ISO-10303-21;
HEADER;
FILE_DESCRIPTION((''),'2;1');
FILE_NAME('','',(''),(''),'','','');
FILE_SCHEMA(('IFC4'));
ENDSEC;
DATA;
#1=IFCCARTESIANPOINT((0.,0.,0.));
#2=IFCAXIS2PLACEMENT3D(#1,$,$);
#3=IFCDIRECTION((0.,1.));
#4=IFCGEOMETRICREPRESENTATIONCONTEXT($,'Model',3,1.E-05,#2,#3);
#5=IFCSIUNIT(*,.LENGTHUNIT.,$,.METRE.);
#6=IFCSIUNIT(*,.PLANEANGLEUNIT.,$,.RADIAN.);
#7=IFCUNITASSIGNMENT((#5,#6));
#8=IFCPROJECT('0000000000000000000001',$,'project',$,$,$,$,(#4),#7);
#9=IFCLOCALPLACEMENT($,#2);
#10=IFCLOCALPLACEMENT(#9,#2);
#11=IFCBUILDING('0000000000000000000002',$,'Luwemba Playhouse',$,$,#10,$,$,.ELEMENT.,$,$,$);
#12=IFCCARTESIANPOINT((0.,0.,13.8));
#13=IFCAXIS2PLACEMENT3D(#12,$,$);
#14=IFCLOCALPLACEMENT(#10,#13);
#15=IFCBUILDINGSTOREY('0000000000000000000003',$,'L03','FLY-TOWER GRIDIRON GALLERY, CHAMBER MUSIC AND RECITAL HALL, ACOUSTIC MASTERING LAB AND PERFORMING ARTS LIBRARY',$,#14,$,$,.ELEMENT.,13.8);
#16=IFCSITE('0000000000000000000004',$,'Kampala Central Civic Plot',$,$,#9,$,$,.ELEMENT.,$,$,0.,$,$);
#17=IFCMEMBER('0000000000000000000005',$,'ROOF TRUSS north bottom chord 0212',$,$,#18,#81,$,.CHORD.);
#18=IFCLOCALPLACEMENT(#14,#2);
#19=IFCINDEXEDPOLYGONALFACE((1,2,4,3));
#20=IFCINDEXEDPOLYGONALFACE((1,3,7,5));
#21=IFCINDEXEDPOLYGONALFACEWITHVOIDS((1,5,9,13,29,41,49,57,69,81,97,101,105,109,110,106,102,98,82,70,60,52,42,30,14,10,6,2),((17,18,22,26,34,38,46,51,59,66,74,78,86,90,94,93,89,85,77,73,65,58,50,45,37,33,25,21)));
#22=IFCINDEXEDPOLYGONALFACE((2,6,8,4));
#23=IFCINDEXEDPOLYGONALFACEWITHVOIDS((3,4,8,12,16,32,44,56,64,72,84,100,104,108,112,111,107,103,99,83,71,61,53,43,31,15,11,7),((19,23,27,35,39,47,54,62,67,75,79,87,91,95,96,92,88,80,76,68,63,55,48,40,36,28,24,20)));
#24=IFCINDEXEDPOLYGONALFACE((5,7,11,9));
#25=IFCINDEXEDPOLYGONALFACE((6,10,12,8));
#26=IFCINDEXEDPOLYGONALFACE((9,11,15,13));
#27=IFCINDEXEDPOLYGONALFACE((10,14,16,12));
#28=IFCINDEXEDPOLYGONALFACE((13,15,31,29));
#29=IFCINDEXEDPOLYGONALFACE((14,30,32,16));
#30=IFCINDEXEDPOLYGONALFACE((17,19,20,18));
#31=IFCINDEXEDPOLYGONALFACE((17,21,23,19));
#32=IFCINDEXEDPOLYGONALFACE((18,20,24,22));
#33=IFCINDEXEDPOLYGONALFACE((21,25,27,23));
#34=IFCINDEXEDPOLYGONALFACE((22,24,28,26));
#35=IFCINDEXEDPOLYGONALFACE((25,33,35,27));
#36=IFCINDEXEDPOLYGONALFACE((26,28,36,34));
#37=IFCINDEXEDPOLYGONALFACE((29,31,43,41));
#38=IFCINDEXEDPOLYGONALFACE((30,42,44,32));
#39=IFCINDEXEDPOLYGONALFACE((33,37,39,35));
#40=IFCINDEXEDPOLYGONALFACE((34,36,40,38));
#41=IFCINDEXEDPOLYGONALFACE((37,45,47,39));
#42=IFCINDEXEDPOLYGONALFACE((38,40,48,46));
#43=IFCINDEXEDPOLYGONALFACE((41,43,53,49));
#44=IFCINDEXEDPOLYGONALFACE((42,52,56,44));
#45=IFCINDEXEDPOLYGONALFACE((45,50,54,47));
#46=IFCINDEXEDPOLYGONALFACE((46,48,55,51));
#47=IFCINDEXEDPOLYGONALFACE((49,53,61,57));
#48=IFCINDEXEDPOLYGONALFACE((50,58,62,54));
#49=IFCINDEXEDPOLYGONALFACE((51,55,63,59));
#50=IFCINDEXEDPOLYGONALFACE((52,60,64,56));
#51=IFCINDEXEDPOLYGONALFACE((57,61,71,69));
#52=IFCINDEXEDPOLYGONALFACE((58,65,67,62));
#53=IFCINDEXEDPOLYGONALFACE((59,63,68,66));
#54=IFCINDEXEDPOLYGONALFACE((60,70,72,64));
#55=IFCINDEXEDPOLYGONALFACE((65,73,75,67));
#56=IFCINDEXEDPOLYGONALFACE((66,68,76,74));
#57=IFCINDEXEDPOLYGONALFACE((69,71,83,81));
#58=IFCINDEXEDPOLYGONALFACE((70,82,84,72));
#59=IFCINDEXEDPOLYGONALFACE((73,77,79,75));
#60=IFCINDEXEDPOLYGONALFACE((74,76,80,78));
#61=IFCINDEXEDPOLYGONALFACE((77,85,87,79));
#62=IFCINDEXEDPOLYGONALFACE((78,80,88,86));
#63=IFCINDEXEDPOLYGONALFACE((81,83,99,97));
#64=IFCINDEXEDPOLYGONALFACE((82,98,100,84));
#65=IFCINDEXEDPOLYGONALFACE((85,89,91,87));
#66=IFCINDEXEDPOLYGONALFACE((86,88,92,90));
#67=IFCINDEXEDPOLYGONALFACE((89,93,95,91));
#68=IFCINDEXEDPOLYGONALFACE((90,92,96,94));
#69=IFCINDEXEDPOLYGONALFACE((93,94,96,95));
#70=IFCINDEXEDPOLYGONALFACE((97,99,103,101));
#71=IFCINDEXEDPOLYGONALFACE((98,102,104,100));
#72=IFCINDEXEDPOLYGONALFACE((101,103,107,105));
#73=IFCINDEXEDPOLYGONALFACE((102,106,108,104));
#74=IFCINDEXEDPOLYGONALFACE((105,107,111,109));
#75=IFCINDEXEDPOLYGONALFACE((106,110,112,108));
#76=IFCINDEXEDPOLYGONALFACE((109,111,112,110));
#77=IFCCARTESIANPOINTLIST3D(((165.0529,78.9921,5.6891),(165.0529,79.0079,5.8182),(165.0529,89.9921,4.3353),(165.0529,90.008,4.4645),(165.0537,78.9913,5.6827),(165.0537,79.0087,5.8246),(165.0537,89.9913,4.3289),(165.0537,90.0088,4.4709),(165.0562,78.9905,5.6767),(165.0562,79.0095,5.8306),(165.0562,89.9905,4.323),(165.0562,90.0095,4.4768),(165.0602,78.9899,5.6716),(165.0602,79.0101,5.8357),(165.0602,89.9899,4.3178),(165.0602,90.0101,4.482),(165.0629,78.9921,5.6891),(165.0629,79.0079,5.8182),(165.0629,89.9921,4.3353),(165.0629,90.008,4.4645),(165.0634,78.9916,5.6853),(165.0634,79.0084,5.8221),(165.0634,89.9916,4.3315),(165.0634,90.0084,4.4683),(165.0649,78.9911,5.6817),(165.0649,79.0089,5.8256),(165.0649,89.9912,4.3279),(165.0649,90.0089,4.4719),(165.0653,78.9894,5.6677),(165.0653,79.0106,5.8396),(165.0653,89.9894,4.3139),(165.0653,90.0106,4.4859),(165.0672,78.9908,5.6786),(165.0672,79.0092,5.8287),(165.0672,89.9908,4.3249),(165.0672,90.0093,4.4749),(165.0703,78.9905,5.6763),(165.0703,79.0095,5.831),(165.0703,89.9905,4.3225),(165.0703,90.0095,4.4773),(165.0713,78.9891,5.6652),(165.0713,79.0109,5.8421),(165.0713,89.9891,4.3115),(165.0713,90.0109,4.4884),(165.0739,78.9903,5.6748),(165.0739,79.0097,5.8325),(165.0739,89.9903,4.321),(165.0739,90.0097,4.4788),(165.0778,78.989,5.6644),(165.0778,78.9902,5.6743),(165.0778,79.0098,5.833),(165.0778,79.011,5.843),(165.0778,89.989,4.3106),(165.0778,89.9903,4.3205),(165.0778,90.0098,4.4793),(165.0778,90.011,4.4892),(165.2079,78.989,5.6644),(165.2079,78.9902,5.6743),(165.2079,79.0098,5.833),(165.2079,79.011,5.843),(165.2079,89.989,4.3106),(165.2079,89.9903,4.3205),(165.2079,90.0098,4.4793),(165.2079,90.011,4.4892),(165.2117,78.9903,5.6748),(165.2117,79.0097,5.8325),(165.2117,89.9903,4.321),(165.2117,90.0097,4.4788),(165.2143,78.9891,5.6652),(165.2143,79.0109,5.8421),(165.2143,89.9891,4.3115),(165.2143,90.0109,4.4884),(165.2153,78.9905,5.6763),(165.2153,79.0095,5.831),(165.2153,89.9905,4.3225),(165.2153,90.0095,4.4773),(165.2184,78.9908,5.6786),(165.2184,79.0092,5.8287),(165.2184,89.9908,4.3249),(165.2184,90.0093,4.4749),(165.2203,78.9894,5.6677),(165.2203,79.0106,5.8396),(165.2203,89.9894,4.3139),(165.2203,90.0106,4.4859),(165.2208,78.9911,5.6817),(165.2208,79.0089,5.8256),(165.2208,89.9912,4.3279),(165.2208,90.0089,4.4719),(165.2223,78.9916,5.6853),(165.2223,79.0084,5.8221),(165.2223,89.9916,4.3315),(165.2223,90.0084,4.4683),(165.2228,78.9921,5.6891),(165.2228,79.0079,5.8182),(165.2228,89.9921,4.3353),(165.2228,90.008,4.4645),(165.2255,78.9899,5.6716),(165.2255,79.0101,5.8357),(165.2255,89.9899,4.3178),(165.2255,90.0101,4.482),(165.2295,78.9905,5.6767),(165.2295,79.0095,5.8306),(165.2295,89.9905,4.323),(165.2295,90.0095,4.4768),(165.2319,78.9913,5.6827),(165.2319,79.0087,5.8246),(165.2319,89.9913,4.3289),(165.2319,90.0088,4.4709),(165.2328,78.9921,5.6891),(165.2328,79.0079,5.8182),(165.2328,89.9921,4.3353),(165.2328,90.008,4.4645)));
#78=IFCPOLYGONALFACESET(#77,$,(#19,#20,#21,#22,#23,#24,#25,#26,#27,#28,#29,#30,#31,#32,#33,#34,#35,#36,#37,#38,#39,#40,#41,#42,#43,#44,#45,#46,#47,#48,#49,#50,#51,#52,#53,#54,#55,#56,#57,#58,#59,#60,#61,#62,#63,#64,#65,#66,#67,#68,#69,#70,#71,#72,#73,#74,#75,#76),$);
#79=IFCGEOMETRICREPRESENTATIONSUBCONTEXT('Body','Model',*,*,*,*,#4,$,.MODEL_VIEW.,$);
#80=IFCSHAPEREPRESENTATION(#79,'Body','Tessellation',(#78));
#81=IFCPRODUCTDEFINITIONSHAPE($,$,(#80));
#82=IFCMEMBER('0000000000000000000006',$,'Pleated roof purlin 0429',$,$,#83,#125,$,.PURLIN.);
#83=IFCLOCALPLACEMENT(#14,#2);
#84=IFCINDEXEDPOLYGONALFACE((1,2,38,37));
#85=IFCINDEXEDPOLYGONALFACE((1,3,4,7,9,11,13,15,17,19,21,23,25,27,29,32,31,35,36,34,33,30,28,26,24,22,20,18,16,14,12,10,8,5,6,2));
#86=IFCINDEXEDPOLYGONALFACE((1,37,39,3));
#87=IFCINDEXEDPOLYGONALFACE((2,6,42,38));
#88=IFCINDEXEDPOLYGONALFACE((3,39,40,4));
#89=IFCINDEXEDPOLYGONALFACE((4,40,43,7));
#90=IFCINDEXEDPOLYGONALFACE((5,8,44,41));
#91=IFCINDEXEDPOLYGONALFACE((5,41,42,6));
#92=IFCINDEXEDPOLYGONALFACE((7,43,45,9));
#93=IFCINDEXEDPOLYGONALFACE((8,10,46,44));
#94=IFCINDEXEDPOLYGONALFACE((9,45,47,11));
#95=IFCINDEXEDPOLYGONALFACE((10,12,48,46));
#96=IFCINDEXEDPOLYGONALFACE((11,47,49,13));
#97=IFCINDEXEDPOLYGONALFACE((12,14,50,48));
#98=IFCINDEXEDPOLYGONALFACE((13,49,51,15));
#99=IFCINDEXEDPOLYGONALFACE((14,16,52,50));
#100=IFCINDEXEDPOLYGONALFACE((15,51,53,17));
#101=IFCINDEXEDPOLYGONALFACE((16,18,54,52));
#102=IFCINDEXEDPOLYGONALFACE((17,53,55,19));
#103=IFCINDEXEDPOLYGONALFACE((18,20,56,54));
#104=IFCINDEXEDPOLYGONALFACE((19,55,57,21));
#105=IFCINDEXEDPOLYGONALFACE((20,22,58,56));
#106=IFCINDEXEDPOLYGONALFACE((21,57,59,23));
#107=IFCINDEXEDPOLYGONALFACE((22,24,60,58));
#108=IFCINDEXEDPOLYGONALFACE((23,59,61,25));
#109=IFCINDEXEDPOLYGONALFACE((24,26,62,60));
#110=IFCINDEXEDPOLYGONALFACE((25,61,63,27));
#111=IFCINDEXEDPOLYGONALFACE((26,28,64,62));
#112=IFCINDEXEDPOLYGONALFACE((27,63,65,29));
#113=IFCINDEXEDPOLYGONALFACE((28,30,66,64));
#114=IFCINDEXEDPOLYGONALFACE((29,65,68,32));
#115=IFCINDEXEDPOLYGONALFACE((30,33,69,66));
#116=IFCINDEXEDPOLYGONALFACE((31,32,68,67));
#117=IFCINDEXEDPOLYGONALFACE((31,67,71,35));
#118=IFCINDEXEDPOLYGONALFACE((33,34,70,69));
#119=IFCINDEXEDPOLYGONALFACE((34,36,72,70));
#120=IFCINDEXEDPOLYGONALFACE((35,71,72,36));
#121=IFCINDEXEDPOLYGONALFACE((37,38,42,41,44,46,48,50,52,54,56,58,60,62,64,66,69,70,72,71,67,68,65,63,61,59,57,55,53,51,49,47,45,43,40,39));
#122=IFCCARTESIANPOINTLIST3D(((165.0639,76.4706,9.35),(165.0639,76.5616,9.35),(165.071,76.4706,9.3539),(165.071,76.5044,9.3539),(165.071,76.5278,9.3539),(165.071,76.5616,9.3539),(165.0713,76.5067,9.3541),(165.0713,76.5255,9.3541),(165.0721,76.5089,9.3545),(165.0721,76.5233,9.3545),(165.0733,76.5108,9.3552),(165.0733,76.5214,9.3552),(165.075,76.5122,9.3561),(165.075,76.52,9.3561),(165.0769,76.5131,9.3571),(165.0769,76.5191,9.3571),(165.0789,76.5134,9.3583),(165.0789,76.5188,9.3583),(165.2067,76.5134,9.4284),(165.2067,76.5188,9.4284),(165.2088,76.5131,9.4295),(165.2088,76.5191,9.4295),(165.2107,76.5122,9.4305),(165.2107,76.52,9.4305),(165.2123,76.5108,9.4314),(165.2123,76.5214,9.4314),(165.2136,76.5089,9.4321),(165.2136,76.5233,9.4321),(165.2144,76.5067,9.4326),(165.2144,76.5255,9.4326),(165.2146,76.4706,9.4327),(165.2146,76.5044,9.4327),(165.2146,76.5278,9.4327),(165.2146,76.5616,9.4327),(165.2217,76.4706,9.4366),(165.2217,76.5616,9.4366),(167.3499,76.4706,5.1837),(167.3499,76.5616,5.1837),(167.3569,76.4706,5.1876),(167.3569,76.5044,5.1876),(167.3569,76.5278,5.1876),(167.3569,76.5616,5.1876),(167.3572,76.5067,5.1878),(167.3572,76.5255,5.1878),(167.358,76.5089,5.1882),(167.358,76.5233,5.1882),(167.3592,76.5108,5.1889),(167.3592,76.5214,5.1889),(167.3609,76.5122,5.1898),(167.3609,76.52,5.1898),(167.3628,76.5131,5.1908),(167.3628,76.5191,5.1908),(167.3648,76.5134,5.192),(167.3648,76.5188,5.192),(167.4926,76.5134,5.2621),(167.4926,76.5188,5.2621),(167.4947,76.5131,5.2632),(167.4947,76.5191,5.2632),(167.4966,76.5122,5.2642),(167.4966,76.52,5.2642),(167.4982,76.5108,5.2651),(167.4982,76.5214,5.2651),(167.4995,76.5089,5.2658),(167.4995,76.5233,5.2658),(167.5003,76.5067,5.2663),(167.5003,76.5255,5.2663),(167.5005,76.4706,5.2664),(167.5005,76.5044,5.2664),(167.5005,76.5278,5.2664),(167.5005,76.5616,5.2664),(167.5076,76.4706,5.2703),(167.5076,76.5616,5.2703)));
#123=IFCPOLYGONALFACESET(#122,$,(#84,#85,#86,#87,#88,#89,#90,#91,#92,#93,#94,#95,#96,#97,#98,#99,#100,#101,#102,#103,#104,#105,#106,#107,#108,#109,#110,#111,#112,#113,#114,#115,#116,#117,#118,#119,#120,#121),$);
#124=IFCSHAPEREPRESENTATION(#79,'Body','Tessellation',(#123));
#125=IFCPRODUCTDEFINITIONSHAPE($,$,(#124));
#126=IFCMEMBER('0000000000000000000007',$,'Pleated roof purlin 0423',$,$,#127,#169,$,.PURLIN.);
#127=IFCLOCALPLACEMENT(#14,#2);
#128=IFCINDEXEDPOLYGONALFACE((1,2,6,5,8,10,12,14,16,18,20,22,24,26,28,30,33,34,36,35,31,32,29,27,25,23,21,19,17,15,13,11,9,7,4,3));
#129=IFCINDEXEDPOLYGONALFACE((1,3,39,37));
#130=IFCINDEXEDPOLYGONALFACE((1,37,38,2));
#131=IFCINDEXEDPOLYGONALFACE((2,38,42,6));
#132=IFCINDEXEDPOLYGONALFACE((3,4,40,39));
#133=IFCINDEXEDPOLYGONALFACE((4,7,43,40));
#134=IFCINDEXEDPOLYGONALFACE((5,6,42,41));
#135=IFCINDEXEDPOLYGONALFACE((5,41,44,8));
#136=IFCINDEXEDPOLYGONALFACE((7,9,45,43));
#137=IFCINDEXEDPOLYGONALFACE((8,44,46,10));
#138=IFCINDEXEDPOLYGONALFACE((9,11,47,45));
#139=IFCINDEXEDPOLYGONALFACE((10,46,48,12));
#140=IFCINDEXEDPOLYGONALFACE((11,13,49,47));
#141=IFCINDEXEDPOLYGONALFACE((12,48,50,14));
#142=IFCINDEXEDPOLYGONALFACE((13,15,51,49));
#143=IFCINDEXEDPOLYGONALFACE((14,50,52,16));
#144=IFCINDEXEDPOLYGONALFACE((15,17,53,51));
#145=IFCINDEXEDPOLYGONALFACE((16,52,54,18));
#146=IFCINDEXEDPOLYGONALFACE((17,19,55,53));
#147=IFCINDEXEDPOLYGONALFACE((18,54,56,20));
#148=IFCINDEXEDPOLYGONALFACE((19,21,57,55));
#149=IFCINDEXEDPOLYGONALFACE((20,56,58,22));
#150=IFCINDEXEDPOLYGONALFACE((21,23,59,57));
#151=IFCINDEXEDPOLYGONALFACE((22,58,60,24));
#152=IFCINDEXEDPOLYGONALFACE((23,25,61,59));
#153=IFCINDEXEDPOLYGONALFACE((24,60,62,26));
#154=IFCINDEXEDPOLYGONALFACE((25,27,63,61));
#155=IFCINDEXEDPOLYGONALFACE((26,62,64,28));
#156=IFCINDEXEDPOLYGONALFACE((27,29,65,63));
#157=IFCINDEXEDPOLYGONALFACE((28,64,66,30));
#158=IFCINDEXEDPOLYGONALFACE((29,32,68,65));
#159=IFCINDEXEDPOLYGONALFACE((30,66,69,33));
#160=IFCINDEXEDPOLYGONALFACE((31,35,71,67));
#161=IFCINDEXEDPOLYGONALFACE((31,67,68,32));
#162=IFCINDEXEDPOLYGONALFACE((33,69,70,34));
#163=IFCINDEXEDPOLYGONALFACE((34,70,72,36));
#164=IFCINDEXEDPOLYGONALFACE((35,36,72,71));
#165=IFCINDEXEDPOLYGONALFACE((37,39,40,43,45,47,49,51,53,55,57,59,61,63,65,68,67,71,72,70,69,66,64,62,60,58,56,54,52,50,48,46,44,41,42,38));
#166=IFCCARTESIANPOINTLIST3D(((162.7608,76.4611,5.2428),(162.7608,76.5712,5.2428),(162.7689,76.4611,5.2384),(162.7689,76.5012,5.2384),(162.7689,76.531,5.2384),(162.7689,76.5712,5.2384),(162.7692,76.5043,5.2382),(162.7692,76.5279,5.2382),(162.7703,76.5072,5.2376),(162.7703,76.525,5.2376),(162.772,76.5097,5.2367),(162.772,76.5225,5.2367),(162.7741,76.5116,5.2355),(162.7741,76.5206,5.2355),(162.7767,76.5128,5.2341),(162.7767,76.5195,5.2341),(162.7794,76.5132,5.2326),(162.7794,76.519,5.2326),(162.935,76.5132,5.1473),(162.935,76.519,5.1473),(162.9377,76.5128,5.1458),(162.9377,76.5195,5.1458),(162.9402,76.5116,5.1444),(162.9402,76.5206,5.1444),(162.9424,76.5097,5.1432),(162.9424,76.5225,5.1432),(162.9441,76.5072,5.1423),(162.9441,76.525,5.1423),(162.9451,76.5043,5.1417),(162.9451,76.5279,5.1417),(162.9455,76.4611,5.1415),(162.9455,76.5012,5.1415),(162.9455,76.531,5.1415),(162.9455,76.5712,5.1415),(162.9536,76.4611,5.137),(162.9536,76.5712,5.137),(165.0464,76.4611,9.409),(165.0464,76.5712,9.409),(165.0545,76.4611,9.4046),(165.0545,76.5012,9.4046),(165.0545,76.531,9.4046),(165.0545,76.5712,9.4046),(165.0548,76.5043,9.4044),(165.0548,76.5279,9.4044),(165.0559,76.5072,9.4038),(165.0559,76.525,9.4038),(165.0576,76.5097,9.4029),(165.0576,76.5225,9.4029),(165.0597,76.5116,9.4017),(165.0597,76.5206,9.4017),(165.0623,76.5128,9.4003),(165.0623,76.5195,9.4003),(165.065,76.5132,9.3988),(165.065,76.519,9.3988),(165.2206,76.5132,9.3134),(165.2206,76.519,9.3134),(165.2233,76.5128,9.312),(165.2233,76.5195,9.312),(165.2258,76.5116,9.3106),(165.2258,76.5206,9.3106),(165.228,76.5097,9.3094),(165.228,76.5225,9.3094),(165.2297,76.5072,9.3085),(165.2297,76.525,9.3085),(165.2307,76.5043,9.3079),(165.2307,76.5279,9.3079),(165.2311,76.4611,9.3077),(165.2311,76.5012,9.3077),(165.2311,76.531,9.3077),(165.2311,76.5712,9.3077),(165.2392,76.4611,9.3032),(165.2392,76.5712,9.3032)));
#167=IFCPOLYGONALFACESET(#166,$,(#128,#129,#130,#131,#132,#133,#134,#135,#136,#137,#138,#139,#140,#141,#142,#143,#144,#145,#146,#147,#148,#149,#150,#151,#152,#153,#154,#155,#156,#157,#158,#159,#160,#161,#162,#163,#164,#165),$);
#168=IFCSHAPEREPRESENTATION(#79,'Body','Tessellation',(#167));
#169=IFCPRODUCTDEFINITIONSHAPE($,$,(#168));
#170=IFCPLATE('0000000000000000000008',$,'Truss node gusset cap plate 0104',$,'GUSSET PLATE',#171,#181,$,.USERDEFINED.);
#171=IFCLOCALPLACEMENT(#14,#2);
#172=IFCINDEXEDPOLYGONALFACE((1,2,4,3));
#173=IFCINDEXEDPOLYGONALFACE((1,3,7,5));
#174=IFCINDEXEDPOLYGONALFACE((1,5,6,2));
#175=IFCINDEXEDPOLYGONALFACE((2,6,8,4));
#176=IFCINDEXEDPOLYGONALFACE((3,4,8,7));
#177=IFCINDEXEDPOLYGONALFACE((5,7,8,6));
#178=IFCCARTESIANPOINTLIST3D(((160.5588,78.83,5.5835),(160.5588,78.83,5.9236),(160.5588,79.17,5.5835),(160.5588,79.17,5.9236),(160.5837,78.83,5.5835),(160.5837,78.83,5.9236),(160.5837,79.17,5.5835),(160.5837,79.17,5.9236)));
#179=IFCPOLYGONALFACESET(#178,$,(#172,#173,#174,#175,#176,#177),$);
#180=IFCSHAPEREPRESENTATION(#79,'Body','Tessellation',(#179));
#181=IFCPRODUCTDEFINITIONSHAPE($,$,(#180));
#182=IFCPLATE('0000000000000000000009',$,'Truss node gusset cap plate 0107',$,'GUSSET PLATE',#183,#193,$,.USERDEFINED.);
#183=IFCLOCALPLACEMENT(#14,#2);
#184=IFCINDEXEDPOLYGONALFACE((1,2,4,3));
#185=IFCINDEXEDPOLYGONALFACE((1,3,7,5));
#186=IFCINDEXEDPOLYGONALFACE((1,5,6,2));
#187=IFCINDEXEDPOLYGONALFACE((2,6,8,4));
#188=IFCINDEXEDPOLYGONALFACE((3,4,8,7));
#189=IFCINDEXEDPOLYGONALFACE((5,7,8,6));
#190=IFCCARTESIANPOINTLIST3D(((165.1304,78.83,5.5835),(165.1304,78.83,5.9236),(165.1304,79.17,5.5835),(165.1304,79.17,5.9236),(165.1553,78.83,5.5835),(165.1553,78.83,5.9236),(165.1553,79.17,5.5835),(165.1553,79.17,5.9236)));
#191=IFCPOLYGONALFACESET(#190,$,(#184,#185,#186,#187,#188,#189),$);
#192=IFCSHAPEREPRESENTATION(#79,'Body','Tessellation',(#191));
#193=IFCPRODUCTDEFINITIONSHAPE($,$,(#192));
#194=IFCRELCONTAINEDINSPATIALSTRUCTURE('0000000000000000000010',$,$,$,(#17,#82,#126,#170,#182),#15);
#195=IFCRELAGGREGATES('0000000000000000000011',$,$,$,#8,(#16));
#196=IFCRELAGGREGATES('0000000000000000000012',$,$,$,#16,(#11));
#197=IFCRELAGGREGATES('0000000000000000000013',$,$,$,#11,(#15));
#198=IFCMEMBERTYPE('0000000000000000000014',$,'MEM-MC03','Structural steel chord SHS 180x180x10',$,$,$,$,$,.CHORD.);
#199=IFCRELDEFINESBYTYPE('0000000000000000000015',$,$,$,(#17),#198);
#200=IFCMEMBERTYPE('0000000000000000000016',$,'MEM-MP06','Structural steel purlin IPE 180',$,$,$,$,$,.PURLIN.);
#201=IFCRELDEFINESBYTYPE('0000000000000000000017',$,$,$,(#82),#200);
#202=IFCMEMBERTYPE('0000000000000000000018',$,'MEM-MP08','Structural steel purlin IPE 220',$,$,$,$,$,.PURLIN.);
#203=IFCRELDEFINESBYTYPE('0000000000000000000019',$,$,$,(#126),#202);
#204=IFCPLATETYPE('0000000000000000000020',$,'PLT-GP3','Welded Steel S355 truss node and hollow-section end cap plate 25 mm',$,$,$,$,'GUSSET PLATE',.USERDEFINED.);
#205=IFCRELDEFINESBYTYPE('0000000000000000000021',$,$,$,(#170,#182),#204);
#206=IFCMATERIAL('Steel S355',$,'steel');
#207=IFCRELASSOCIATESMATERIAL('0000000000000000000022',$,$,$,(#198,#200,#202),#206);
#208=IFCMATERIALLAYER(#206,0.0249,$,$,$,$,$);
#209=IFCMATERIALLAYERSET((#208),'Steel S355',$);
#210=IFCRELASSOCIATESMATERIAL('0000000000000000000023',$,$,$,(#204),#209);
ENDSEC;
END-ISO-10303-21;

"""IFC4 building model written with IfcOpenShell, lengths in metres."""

from ifc_helpers import new_model, si_unit, direction, frame, origin, origin_2d, place, context, subcontext, project, spatial, rectangle, hollow_rectangle, i_section, extrude, material, layer, layer_set, material_profile, profile_set, type_object, element, save


model = new_model("IFC4")

# Units and contexts
model_context = context("Model", 3, precision=1e-05, world=origin(), true_north=direction((0.0, 1.0)))
body_context = subcontext(model_context, "Body", "Model", "MODEL_VIEW")
ifc_project = project(units=[si_unit("LENGTHUNIT", "METRE"), si_unit("PLANEANGLEUNIT", "RADIAN")], contexts=[model_context])

# Site, building, storey
site_placement = place(None, origin())
site = spatial("IfcSite", under=ifc_project, at=site_placement, Name="Kampala Central Civic Plot", CompositionType="ELEMENT", RefElevation=0.0)
building_placement = place(site_placement, origin())
building = spatial("IfcBuilding", under=site, at=building_placement, Name="Luwemba Playhouse", CompositionType="ELEMENT")
storey_placement = place(building_placement, frame((0.0, 0.0, 13.8)))
storey = spatial("IfcBuildingStorey", under=building, at=storey_placement, Name="L03", Description="FLY-TOWER GRIDIRON GALLERY, CHAMBER MUSIC AND RECITAL HALL, ACOUSTIC MASTERING LAB AND PERFORMING ARTS LIBRARY", CompositionType="ELEMENT", Elevation=13.8)

# Shared definitions
ifc_material_1 = material(Name="Steel S355", Category="steel")

# Members
ifc_material_profile_1 = material_profile(ifc_material_1, hollow_rectangle(XDim=0.1799, YDim=0.1799, WallThickness=0.01, InnerFilletRadius=0.0149, OuterFilletRadius=0.0249, at=origin_2d()))
ifc_profile_set_1 = profile_set([ifc_material_profile_1], Name="Steel S355")
member_type_1 = type_object("IfcMemberType", Name="MEM-MC03", Description="Structural steel chord SHS 180x180x10", PredefinedType="CHORD", material=ifc_profile_set_1)
member_1_placement = place(storey_placement, frame((165.1428, 79.0, 5.7537), z_axis=(0.0, 0.992512, -0.122148), x_axis=(-1.0, 0.0, 0.0)))
element("IfcMember", 1, at=member_1_placement, inside=storey, type_object=member_type_1, Name="ROOF TRUSS north bottom chord 0212", PredefinedType="CHORD", context=body_context, shape_type="SweptSolid", body=[
    extrude(hollow_rectangle(XDim=0.1799, YDim=0.1799, WallThickness=0.01, InnerFilletRadius=0.0149, OuterFilletRadius=0.0249, at=origin_2d()), origin(), (0.0, 0.0, 1.0), 11.083),
])
ifc_material_profile_2 = material_profile(ifc_material_1, i_section(OverallWidth=0.0911, OverallDepth=0.1799, WebThickness=0.0054, FlangeThickness=0.0081, FilletRadius=0.009, at=origin_2d()))
ifc_profile_set_2 = profile_set([ifc_material_profile_2], Name="Steel S355")
member_type_2 = type_object("IfcMemberType", Name="MEM-MP06", Description="Structural steel purlin IPE 180", PredefinedType="PURLIN", material=ifc_profile_set_2)
member_2_placement = place(storey_placement, frame((165.1428, 76.5161, 9.3933), z_axis=(0.481021, 0.0, -0.876709), x_axis=(0.0, 1.0, 0.0)))
element("IfcMember", 2, at=member_2_placement, inside=storey, type_object=member_type_2, Name="Pleated roof purlin 0429", PredefinedType="PURLIN", context=body_context, shape_type="SweptSolid", body=[
    extrude(i_section(OverallWidth=0.0911, OverallDepth=0.1799, WebThickness=0.0054, FlangeThickness=0.0081, FilletRadius=0.009, at=origin_2d()), origin(), (0.0, 0.0, 1.0), 4.7522),
])
ifc_material_profile_3 = material_profile(ifc_material_1, i_section(OverallWidth=0.1101, OverallDepth=0.22, WebThickness=0.0059, FlangeThickness=0.0093, FilletRadius=0.012, at=origin_2d()))
ifc_profile_set_3 = profile_set([ifc_material_profile_3], Name="Steel S355")
member_type_3 = type_object("IfcMemberType", Name="MEM-MP08", Description="Structural steel purlin IPE 220", PredefinedType="PURLIN", material=ifc_profile_set_3)
member_3_placement = place(storey_placement, frame((162.8572, 76.5161, 5.1899), z_axis=(0.480982, 0.0, 0.876731), x_axis=(0.0, 1.0, 0.0)))
element("IfcMember", 3, at=member_3_placement, inside=storey, type_object=member_type_3, Name="Pleated roof purlin 0423", PredefinedType="PURLIN", context=body_context, shape_type="SweptSolid", body=[
    extrude(i_section(OverallWidth=0.1101, OverallDepth=0.22, WebThickness=0.0059, FlangeThickness=0.0093, FilletRadius=0.012, at=origin_2d()), origin(), (0.0, 0.0, 1.0), 4.752),
])

# Plates
ifc_layer_1 = layer(ifc_material_1, 0.0249)
ifc_layer_set_1 = layer_set([ifc_layer_1], Name="Steel S355")
plate_type = type_object("IfcPlateType", Name="PLT-GP3", Description="Welded Steel S355 truss node and hollow-section end cap plate 25 mm", ElementType="GUSSET PLATE", PredefinedType="USERDEFINED", material=ifc_layer_set_1)
for number, where, z_axis, x_axis, name in (
    (4, (160.5713, 79.0, 5.5835), (0.0, 0.0, 1.0), (1.0, 0.0, 0.0), "Truss node gusset cap plate 0104"),
    (5, (165.1428, 79.0, 5.5835), (0.0, 0.0, 1.0), (1.0, 0.0, 0.0), "Truss node gusset cap plate 0107"),
):
    element("IfcPlate", number, at=place(storey_placement, frame(where, z_axis=z_axis, x_axis=x_axis)), inside=storey, type_object=plate_type, Name=name, ObjectType="GUSSET PLATE", PredefinedType="USERDEFINED", context=body_context, shape_type="SweptSolid", body=[
        extrude(rectangle(XDim=0.0249, YDim=0.3401, at=origin_2d()), origin(), (0.0, 0.0, 1.0), 0.3401),
    ])

save(model, "model.ifc")
